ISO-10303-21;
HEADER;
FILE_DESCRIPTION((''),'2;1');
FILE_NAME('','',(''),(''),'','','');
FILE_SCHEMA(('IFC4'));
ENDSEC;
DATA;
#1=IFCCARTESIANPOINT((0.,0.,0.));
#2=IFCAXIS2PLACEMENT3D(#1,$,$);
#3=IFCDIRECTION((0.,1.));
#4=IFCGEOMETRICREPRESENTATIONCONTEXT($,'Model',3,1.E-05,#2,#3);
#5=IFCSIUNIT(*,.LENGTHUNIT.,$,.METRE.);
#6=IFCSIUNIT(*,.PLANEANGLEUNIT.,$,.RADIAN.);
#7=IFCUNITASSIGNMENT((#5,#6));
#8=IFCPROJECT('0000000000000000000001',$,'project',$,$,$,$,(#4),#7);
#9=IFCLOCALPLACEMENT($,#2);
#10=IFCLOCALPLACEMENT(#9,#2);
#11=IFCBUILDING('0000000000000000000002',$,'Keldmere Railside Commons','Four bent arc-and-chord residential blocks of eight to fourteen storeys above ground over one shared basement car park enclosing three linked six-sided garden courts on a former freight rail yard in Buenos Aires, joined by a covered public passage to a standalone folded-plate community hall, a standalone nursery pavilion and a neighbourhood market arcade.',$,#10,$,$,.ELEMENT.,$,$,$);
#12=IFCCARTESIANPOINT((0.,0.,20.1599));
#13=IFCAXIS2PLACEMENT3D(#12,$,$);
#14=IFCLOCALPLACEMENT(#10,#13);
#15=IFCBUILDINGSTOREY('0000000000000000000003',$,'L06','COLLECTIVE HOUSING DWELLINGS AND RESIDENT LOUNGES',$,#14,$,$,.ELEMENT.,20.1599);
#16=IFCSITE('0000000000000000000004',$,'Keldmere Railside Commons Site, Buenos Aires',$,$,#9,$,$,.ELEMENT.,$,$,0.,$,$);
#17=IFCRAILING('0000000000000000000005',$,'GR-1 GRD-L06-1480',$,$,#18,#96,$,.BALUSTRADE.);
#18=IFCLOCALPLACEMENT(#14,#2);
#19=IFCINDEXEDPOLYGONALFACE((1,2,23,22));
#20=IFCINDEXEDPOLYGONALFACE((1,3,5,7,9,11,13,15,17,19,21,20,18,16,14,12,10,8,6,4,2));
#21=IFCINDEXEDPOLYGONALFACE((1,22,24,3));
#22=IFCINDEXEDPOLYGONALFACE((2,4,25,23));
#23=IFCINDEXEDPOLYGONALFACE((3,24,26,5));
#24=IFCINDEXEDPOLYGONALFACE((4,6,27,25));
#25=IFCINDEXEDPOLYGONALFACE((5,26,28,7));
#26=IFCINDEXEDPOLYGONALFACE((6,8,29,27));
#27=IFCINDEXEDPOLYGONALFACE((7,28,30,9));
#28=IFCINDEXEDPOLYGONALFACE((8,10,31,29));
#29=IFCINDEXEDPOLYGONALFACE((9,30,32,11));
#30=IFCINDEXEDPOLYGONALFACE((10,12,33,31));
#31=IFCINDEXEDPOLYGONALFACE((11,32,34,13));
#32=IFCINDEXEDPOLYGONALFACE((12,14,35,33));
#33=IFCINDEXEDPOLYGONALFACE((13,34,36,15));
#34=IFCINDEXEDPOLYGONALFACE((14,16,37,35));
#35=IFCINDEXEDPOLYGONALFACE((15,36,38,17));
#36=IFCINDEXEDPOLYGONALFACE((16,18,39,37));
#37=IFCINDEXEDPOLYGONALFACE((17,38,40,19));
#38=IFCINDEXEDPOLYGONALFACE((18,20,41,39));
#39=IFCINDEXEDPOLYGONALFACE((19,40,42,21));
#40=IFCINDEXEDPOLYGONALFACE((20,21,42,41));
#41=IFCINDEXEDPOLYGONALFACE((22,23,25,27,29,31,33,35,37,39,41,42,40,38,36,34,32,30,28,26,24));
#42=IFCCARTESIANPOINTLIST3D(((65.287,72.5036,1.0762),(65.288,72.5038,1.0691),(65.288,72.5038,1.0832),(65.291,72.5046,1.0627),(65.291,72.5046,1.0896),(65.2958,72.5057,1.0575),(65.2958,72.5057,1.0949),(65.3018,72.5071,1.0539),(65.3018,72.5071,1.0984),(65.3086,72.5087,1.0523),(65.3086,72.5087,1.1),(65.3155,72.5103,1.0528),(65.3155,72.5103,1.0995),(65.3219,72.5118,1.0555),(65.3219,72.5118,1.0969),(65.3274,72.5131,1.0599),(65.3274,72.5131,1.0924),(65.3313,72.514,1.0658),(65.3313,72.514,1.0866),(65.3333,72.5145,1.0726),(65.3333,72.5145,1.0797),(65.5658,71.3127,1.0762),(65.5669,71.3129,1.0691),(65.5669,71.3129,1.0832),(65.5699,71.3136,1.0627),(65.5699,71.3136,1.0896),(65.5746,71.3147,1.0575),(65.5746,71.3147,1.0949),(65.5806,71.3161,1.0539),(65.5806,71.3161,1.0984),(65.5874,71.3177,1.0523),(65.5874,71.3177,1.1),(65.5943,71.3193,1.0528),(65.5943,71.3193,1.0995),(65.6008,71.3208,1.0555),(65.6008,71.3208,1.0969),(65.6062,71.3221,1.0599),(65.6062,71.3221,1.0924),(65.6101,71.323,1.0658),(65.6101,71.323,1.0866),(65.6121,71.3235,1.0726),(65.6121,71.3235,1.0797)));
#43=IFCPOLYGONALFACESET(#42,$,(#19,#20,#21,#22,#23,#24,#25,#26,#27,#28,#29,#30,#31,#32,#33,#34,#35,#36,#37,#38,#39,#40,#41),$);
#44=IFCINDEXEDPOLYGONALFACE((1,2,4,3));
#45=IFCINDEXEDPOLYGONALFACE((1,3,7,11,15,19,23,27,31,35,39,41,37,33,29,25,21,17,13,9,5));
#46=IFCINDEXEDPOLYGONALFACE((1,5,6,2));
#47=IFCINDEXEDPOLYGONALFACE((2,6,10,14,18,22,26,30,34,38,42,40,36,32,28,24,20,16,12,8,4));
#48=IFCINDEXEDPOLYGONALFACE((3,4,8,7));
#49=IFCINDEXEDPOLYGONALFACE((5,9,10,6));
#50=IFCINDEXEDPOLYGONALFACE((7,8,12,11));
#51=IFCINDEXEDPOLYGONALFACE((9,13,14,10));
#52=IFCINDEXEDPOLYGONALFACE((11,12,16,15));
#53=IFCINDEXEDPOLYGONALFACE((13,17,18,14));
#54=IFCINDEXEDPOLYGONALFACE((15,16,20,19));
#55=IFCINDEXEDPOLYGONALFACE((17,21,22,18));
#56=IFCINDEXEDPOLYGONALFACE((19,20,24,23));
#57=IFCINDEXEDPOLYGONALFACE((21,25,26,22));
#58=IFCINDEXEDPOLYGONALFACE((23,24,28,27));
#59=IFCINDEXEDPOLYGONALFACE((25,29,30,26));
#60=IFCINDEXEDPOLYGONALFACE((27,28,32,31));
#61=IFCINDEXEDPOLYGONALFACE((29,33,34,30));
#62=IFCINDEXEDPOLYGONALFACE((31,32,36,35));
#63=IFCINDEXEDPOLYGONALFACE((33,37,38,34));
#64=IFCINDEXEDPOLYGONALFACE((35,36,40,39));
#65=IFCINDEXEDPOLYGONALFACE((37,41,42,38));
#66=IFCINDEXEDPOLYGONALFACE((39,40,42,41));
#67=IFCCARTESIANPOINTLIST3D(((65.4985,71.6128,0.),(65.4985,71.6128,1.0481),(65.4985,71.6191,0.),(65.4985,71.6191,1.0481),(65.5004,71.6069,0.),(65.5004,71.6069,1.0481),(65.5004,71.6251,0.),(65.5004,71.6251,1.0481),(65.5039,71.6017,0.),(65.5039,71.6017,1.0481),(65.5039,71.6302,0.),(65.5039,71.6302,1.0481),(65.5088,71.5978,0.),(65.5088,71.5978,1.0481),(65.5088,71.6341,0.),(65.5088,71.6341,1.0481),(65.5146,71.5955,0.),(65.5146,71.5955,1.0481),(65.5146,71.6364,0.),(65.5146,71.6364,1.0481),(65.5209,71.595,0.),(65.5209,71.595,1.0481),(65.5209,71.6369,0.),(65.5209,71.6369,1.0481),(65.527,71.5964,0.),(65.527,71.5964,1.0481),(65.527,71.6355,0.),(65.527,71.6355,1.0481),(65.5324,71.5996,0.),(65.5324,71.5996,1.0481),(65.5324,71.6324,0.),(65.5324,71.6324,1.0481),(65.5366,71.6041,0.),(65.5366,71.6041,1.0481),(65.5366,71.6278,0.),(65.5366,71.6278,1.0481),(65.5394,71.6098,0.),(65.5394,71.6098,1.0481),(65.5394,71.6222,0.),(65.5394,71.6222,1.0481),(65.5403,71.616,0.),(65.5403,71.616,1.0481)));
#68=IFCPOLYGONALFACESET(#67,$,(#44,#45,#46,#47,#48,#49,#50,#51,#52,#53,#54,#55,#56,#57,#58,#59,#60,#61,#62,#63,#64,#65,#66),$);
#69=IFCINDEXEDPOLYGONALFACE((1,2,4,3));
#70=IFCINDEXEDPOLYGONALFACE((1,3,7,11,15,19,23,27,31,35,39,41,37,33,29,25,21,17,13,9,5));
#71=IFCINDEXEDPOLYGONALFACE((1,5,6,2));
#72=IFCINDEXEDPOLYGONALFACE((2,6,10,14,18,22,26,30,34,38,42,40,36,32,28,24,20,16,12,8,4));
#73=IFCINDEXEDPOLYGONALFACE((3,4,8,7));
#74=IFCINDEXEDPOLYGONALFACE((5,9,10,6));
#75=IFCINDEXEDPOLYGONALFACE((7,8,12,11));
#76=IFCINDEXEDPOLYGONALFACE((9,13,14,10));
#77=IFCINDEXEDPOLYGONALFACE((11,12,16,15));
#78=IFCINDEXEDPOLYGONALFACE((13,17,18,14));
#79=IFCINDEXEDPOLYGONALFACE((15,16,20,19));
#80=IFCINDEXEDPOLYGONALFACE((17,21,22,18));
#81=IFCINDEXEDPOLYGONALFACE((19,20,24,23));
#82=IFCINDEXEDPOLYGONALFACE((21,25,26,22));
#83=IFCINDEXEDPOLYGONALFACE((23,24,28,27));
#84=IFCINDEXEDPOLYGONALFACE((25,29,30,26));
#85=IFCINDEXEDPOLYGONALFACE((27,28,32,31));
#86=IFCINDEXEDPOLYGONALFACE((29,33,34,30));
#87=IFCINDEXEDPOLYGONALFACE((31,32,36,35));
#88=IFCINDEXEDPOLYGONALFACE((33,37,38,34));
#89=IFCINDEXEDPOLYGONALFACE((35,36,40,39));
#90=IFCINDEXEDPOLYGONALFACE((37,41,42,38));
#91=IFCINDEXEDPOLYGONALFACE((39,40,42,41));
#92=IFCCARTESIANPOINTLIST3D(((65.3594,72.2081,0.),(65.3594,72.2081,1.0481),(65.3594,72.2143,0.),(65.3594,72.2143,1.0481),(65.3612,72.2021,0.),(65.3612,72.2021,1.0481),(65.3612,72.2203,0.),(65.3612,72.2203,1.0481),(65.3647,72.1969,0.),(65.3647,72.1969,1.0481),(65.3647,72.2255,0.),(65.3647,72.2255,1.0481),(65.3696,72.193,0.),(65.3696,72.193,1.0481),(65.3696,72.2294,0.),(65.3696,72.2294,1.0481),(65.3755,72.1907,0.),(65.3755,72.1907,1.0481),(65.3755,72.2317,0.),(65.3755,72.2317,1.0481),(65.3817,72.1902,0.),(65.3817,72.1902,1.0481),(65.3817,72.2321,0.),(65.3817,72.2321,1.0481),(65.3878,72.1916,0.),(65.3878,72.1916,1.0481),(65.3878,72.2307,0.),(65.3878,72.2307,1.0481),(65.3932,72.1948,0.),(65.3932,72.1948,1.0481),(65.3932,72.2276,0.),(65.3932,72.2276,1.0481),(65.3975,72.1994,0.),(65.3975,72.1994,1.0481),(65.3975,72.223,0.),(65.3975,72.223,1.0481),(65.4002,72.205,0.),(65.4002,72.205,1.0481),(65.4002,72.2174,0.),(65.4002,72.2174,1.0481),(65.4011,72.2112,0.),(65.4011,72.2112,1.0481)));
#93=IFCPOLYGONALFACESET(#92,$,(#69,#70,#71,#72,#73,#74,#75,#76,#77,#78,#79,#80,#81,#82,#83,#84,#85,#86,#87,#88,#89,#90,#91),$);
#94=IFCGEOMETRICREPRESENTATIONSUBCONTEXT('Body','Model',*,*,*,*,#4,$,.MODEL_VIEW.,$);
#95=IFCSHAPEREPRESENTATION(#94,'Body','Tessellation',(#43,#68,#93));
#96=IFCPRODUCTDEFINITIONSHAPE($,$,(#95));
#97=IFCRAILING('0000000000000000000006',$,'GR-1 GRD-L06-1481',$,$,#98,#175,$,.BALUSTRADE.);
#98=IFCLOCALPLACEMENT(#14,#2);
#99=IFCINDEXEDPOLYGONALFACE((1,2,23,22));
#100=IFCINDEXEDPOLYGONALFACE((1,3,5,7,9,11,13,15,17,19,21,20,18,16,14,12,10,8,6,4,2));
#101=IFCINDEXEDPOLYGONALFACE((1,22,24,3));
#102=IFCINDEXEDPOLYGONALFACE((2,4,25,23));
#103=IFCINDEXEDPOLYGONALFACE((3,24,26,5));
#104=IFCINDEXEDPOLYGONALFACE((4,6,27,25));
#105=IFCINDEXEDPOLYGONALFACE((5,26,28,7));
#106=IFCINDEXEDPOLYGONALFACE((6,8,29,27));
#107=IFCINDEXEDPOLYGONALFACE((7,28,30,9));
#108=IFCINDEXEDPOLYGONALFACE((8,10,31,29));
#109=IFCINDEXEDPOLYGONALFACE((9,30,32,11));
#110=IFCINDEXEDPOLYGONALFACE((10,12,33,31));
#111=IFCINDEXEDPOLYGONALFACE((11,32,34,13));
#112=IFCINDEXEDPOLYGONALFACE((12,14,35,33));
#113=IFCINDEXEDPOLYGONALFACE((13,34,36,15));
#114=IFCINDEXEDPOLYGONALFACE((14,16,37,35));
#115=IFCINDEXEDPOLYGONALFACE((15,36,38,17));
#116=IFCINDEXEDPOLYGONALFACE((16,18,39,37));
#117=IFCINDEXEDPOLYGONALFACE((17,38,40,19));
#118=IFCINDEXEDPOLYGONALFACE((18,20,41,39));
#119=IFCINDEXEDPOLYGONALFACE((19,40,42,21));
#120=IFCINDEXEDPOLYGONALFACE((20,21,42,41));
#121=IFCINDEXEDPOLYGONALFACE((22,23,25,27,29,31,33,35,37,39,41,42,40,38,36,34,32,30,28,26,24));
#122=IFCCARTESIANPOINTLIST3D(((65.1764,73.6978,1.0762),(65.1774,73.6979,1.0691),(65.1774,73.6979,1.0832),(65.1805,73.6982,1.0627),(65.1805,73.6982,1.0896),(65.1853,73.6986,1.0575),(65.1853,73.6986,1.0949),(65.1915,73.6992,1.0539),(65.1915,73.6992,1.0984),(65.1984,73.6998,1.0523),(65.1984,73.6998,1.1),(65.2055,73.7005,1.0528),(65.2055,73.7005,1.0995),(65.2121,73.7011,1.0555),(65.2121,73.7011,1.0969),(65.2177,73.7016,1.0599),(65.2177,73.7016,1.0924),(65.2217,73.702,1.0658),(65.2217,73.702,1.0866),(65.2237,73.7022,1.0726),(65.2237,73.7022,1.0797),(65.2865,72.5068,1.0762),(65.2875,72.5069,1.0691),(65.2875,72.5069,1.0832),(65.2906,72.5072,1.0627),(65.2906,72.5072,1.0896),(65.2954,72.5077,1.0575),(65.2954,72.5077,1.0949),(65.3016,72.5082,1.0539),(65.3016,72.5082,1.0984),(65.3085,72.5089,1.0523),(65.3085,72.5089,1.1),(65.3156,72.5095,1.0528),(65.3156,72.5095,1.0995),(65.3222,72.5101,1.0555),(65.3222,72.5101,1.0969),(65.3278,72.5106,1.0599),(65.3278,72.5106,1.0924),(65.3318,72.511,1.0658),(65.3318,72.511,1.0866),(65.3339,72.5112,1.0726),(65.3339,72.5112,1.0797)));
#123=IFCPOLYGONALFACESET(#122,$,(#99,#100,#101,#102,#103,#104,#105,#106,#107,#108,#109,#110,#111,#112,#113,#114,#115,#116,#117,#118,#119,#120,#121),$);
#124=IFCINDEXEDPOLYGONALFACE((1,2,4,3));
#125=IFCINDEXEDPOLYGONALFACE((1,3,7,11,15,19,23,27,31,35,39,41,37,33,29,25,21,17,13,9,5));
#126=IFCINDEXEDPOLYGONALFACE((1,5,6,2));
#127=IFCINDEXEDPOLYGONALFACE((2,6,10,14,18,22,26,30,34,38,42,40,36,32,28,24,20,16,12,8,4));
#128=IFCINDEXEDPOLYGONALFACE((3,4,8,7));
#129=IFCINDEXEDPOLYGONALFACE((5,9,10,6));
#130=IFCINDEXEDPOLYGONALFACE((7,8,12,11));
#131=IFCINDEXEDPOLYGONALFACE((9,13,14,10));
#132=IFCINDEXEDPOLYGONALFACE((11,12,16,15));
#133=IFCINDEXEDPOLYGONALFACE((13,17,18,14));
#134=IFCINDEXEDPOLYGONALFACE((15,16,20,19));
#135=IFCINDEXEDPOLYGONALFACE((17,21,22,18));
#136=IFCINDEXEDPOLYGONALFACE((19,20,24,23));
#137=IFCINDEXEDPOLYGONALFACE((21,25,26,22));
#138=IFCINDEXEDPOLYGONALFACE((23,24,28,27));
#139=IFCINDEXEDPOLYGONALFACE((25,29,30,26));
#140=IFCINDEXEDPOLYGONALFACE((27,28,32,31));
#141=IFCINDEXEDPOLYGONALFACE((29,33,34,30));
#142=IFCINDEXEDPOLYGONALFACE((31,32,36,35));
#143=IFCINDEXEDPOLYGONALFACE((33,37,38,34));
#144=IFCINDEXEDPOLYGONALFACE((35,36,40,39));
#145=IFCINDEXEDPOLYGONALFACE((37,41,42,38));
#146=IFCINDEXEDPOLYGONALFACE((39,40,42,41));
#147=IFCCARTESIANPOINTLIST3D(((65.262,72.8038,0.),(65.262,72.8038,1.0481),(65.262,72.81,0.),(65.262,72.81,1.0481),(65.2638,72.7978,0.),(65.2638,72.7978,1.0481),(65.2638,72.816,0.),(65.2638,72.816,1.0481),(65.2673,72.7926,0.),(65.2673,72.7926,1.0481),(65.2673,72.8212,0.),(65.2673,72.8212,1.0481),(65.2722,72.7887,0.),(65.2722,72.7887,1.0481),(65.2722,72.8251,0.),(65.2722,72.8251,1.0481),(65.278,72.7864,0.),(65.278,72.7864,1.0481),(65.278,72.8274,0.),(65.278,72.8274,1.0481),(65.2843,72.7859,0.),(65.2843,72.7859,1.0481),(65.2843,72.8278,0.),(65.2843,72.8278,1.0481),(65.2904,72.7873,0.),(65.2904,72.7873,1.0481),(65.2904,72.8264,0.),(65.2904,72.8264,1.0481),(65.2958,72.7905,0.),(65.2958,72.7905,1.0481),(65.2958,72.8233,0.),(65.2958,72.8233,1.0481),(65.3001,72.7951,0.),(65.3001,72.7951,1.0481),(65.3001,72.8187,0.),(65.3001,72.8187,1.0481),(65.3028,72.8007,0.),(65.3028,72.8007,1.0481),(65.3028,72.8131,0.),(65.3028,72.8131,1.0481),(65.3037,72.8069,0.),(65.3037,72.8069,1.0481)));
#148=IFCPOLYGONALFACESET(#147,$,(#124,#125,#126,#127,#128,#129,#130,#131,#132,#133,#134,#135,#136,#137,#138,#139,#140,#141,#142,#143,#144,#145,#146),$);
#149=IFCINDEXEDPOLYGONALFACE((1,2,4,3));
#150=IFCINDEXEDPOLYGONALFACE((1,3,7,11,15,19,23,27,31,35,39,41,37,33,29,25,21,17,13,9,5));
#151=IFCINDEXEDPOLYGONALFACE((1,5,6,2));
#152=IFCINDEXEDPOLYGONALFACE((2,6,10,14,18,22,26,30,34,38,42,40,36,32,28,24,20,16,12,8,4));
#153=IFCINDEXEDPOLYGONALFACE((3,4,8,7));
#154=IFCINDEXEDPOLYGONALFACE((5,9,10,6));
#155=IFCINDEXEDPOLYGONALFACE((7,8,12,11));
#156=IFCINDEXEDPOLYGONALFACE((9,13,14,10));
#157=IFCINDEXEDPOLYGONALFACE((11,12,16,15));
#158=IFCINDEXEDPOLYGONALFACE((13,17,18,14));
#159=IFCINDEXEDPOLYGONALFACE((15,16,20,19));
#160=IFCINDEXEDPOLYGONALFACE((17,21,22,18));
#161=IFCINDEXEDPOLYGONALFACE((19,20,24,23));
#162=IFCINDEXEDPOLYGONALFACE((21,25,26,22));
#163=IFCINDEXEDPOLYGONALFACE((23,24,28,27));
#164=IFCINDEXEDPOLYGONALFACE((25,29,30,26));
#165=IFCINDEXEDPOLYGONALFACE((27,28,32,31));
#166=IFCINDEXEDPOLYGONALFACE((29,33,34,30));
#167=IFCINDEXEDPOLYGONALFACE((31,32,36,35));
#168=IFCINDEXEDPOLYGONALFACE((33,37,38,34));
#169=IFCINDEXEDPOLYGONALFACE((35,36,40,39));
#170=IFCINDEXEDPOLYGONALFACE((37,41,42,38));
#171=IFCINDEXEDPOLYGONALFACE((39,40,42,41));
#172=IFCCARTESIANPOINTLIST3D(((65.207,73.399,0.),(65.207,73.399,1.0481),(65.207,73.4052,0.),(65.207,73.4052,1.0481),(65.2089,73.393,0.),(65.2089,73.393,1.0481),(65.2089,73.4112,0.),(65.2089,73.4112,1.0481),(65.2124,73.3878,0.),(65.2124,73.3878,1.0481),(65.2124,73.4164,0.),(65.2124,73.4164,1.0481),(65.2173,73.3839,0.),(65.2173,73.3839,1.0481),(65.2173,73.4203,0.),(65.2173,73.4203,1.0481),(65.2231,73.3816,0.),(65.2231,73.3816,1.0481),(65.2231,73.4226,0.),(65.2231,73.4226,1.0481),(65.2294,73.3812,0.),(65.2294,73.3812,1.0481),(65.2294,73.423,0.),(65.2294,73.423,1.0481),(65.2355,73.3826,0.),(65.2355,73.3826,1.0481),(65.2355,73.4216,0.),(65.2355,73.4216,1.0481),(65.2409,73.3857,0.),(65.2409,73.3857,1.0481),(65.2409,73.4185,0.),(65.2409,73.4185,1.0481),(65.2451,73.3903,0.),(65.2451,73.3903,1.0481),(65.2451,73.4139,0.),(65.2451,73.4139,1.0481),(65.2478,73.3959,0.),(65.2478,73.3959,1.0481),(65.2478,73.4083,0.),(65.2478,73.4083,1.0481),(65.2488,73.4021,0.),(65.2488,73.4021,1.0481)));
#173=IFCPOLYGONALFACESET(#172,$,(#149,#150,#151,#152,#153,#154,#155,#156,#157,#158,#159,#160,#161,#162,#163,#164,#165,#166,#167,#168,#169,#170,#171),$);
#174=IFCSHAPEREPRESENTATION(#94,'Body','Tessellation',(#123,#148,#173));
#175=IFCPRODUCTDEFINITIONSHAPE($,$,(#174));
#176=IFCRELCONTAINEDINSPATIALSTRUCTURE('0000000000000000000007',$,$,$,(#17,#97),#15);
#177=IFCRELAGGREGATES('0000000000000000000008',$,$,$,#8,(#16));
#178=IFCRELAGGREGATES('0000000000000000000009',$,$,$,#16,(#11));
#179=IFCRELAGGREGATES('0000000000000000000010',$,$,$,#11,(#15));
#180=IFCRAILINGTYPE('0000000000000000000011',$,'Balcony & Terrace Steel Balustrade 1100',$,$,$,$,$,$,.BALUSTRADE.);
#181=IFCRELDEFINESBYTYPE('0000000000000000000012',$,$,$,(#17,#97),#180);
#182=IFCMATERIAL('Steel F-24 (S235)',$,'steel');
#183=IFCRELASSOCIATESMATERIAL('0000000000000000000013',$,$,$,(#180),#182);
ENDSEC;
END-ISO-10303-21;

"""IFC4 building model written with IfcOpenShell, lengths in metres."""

from ifc_helpers import new_model, si_unit, direction, frame, origin, origin_2d, place, context, subcontext, project, spatial, circle, extrude, material, type_object, element, save


model = new_model("IFC4")

# Units and contexts
model_context = context("Model", 3, precision=1e-05, world=origin(), true_north=direction((0.0, 1.0)))
body_context = subcontext(model_context, "Body", "Model", "MODEL_VIEW")
ifc_project = project(units=[si_unit("LENGTHUNIT", "METRE"), si_unit("PLANEANGLEUNIT", "RADIAN")], contexts=[model_context])

# Site, building, storey
site_placement = place(None, origin())
site = spatial("IfcSite", under=ifc_project, at=site_placement, Name="Keldmere Railside Commons Site, Buenos Aires", CompositionType="ELEMENT", RefElevation=0.0)
building_placement = place(site_placement, origin())
building = spatial("IfcBuilding", under=site, at=building_placement, Name="Keldmere Railside Commons", Description="Four bent arc-and-chord residential blocks of eight to fourteen storeys above ground over one shared basement car park enclosing three linked six-sided garden courts on a former freight rail yard in Buenos Aires, joined by a covered public passage to a standalone folded-plate community hall, a standalone nursery pavilion and a neighbourhood market arcade.", CompositionType="ELEMENT")
storey_placement = place(building_placement, frame((0.0, 0.0, 20.1599)))
storey = spatial("IfcBuildingStorey", under=building, at=storey_placement, Name="L06", Description="COLLECTIVE HOUSING DWELLINGS AND RESIDENT LOUNGES", CompositionType="ELEMENT", Elevation=20.1599)

# Railings
ifc_material_1 = material(Name="Steel F-24 (S235)", Category="steel")
railing_type_1 = type_object("IfcRailingType", Name="Balcony & Terrace Steel Balustrade 1100", PredefinedType="BALUSTRADE", material=ifc_material_1)
railing_1_placement = place(storey_placement, frame((65.5891, 71.3181, 0.0)))
element("IfcRailing", 1, at=railing_1_placement, inside=storey, type_object=railing_type_1, Name="GR-1 GRD-L06-1480", PredefinedType="BALUSTRADE", context=body_context, shape_type="SweptSolid", body=[
    extrude(circle(Radius=0.0239, at=origin_2d()), frame((0.0, 0.0, 1.0762), z_axis=(-0.227949, 0.973673, 0.0), x_axis=(-0.973673, -0.227949, 0.0)), (0.0, 0.0, 1.0), 1.2231),
    extrude(circle(Radius=0.021, at=origin_2d()), frame((-0.0698, 0.2979, 0.0)), (0.0, 0.0, 1.0), 1.0481),
    extrude(circle(Radius=0.021, at=origin_2d()), frame((-0.209, 0.8931, 0.0)), (0.0, 0.0, 1.0), 1.0481),
])
railing_2_placement = place(storey_placement, frame((65.3103, 72.509, 0.0)))
element("IfcRailing", 2, at=railing_2_placement, inside=storey, type_object=railing_type_1, Name="GR-1 GRD-L06-1481", PredefinedType="BALUSTRADE", context=body_context, shape_type="SweptSolid", body=[
    extrude(circle(Radius=0.0239, at=origin_2d()), frame((0.0, 0.0, 1.0762), z_axis=(-0.092063, 0.995753, 0.0), x_axis=(-0.995753, -0.092063, 0.0)), (0.0, 0.0, 1.0), 1.196),
    extrude(circle(Radius=0.021, at=origin_2d()), frame((-0.0276, 0.2979, 0.0)), (0.0, 0.0, 1.0), 1.0481),
    extrude(circle(Radius=0.021, at=origin_2d()), frame((-0.0825, 0.8931, 0.0)), (0.0, 0.0, 1.0), 1.0481),
])

save(model, "model.ifc")
